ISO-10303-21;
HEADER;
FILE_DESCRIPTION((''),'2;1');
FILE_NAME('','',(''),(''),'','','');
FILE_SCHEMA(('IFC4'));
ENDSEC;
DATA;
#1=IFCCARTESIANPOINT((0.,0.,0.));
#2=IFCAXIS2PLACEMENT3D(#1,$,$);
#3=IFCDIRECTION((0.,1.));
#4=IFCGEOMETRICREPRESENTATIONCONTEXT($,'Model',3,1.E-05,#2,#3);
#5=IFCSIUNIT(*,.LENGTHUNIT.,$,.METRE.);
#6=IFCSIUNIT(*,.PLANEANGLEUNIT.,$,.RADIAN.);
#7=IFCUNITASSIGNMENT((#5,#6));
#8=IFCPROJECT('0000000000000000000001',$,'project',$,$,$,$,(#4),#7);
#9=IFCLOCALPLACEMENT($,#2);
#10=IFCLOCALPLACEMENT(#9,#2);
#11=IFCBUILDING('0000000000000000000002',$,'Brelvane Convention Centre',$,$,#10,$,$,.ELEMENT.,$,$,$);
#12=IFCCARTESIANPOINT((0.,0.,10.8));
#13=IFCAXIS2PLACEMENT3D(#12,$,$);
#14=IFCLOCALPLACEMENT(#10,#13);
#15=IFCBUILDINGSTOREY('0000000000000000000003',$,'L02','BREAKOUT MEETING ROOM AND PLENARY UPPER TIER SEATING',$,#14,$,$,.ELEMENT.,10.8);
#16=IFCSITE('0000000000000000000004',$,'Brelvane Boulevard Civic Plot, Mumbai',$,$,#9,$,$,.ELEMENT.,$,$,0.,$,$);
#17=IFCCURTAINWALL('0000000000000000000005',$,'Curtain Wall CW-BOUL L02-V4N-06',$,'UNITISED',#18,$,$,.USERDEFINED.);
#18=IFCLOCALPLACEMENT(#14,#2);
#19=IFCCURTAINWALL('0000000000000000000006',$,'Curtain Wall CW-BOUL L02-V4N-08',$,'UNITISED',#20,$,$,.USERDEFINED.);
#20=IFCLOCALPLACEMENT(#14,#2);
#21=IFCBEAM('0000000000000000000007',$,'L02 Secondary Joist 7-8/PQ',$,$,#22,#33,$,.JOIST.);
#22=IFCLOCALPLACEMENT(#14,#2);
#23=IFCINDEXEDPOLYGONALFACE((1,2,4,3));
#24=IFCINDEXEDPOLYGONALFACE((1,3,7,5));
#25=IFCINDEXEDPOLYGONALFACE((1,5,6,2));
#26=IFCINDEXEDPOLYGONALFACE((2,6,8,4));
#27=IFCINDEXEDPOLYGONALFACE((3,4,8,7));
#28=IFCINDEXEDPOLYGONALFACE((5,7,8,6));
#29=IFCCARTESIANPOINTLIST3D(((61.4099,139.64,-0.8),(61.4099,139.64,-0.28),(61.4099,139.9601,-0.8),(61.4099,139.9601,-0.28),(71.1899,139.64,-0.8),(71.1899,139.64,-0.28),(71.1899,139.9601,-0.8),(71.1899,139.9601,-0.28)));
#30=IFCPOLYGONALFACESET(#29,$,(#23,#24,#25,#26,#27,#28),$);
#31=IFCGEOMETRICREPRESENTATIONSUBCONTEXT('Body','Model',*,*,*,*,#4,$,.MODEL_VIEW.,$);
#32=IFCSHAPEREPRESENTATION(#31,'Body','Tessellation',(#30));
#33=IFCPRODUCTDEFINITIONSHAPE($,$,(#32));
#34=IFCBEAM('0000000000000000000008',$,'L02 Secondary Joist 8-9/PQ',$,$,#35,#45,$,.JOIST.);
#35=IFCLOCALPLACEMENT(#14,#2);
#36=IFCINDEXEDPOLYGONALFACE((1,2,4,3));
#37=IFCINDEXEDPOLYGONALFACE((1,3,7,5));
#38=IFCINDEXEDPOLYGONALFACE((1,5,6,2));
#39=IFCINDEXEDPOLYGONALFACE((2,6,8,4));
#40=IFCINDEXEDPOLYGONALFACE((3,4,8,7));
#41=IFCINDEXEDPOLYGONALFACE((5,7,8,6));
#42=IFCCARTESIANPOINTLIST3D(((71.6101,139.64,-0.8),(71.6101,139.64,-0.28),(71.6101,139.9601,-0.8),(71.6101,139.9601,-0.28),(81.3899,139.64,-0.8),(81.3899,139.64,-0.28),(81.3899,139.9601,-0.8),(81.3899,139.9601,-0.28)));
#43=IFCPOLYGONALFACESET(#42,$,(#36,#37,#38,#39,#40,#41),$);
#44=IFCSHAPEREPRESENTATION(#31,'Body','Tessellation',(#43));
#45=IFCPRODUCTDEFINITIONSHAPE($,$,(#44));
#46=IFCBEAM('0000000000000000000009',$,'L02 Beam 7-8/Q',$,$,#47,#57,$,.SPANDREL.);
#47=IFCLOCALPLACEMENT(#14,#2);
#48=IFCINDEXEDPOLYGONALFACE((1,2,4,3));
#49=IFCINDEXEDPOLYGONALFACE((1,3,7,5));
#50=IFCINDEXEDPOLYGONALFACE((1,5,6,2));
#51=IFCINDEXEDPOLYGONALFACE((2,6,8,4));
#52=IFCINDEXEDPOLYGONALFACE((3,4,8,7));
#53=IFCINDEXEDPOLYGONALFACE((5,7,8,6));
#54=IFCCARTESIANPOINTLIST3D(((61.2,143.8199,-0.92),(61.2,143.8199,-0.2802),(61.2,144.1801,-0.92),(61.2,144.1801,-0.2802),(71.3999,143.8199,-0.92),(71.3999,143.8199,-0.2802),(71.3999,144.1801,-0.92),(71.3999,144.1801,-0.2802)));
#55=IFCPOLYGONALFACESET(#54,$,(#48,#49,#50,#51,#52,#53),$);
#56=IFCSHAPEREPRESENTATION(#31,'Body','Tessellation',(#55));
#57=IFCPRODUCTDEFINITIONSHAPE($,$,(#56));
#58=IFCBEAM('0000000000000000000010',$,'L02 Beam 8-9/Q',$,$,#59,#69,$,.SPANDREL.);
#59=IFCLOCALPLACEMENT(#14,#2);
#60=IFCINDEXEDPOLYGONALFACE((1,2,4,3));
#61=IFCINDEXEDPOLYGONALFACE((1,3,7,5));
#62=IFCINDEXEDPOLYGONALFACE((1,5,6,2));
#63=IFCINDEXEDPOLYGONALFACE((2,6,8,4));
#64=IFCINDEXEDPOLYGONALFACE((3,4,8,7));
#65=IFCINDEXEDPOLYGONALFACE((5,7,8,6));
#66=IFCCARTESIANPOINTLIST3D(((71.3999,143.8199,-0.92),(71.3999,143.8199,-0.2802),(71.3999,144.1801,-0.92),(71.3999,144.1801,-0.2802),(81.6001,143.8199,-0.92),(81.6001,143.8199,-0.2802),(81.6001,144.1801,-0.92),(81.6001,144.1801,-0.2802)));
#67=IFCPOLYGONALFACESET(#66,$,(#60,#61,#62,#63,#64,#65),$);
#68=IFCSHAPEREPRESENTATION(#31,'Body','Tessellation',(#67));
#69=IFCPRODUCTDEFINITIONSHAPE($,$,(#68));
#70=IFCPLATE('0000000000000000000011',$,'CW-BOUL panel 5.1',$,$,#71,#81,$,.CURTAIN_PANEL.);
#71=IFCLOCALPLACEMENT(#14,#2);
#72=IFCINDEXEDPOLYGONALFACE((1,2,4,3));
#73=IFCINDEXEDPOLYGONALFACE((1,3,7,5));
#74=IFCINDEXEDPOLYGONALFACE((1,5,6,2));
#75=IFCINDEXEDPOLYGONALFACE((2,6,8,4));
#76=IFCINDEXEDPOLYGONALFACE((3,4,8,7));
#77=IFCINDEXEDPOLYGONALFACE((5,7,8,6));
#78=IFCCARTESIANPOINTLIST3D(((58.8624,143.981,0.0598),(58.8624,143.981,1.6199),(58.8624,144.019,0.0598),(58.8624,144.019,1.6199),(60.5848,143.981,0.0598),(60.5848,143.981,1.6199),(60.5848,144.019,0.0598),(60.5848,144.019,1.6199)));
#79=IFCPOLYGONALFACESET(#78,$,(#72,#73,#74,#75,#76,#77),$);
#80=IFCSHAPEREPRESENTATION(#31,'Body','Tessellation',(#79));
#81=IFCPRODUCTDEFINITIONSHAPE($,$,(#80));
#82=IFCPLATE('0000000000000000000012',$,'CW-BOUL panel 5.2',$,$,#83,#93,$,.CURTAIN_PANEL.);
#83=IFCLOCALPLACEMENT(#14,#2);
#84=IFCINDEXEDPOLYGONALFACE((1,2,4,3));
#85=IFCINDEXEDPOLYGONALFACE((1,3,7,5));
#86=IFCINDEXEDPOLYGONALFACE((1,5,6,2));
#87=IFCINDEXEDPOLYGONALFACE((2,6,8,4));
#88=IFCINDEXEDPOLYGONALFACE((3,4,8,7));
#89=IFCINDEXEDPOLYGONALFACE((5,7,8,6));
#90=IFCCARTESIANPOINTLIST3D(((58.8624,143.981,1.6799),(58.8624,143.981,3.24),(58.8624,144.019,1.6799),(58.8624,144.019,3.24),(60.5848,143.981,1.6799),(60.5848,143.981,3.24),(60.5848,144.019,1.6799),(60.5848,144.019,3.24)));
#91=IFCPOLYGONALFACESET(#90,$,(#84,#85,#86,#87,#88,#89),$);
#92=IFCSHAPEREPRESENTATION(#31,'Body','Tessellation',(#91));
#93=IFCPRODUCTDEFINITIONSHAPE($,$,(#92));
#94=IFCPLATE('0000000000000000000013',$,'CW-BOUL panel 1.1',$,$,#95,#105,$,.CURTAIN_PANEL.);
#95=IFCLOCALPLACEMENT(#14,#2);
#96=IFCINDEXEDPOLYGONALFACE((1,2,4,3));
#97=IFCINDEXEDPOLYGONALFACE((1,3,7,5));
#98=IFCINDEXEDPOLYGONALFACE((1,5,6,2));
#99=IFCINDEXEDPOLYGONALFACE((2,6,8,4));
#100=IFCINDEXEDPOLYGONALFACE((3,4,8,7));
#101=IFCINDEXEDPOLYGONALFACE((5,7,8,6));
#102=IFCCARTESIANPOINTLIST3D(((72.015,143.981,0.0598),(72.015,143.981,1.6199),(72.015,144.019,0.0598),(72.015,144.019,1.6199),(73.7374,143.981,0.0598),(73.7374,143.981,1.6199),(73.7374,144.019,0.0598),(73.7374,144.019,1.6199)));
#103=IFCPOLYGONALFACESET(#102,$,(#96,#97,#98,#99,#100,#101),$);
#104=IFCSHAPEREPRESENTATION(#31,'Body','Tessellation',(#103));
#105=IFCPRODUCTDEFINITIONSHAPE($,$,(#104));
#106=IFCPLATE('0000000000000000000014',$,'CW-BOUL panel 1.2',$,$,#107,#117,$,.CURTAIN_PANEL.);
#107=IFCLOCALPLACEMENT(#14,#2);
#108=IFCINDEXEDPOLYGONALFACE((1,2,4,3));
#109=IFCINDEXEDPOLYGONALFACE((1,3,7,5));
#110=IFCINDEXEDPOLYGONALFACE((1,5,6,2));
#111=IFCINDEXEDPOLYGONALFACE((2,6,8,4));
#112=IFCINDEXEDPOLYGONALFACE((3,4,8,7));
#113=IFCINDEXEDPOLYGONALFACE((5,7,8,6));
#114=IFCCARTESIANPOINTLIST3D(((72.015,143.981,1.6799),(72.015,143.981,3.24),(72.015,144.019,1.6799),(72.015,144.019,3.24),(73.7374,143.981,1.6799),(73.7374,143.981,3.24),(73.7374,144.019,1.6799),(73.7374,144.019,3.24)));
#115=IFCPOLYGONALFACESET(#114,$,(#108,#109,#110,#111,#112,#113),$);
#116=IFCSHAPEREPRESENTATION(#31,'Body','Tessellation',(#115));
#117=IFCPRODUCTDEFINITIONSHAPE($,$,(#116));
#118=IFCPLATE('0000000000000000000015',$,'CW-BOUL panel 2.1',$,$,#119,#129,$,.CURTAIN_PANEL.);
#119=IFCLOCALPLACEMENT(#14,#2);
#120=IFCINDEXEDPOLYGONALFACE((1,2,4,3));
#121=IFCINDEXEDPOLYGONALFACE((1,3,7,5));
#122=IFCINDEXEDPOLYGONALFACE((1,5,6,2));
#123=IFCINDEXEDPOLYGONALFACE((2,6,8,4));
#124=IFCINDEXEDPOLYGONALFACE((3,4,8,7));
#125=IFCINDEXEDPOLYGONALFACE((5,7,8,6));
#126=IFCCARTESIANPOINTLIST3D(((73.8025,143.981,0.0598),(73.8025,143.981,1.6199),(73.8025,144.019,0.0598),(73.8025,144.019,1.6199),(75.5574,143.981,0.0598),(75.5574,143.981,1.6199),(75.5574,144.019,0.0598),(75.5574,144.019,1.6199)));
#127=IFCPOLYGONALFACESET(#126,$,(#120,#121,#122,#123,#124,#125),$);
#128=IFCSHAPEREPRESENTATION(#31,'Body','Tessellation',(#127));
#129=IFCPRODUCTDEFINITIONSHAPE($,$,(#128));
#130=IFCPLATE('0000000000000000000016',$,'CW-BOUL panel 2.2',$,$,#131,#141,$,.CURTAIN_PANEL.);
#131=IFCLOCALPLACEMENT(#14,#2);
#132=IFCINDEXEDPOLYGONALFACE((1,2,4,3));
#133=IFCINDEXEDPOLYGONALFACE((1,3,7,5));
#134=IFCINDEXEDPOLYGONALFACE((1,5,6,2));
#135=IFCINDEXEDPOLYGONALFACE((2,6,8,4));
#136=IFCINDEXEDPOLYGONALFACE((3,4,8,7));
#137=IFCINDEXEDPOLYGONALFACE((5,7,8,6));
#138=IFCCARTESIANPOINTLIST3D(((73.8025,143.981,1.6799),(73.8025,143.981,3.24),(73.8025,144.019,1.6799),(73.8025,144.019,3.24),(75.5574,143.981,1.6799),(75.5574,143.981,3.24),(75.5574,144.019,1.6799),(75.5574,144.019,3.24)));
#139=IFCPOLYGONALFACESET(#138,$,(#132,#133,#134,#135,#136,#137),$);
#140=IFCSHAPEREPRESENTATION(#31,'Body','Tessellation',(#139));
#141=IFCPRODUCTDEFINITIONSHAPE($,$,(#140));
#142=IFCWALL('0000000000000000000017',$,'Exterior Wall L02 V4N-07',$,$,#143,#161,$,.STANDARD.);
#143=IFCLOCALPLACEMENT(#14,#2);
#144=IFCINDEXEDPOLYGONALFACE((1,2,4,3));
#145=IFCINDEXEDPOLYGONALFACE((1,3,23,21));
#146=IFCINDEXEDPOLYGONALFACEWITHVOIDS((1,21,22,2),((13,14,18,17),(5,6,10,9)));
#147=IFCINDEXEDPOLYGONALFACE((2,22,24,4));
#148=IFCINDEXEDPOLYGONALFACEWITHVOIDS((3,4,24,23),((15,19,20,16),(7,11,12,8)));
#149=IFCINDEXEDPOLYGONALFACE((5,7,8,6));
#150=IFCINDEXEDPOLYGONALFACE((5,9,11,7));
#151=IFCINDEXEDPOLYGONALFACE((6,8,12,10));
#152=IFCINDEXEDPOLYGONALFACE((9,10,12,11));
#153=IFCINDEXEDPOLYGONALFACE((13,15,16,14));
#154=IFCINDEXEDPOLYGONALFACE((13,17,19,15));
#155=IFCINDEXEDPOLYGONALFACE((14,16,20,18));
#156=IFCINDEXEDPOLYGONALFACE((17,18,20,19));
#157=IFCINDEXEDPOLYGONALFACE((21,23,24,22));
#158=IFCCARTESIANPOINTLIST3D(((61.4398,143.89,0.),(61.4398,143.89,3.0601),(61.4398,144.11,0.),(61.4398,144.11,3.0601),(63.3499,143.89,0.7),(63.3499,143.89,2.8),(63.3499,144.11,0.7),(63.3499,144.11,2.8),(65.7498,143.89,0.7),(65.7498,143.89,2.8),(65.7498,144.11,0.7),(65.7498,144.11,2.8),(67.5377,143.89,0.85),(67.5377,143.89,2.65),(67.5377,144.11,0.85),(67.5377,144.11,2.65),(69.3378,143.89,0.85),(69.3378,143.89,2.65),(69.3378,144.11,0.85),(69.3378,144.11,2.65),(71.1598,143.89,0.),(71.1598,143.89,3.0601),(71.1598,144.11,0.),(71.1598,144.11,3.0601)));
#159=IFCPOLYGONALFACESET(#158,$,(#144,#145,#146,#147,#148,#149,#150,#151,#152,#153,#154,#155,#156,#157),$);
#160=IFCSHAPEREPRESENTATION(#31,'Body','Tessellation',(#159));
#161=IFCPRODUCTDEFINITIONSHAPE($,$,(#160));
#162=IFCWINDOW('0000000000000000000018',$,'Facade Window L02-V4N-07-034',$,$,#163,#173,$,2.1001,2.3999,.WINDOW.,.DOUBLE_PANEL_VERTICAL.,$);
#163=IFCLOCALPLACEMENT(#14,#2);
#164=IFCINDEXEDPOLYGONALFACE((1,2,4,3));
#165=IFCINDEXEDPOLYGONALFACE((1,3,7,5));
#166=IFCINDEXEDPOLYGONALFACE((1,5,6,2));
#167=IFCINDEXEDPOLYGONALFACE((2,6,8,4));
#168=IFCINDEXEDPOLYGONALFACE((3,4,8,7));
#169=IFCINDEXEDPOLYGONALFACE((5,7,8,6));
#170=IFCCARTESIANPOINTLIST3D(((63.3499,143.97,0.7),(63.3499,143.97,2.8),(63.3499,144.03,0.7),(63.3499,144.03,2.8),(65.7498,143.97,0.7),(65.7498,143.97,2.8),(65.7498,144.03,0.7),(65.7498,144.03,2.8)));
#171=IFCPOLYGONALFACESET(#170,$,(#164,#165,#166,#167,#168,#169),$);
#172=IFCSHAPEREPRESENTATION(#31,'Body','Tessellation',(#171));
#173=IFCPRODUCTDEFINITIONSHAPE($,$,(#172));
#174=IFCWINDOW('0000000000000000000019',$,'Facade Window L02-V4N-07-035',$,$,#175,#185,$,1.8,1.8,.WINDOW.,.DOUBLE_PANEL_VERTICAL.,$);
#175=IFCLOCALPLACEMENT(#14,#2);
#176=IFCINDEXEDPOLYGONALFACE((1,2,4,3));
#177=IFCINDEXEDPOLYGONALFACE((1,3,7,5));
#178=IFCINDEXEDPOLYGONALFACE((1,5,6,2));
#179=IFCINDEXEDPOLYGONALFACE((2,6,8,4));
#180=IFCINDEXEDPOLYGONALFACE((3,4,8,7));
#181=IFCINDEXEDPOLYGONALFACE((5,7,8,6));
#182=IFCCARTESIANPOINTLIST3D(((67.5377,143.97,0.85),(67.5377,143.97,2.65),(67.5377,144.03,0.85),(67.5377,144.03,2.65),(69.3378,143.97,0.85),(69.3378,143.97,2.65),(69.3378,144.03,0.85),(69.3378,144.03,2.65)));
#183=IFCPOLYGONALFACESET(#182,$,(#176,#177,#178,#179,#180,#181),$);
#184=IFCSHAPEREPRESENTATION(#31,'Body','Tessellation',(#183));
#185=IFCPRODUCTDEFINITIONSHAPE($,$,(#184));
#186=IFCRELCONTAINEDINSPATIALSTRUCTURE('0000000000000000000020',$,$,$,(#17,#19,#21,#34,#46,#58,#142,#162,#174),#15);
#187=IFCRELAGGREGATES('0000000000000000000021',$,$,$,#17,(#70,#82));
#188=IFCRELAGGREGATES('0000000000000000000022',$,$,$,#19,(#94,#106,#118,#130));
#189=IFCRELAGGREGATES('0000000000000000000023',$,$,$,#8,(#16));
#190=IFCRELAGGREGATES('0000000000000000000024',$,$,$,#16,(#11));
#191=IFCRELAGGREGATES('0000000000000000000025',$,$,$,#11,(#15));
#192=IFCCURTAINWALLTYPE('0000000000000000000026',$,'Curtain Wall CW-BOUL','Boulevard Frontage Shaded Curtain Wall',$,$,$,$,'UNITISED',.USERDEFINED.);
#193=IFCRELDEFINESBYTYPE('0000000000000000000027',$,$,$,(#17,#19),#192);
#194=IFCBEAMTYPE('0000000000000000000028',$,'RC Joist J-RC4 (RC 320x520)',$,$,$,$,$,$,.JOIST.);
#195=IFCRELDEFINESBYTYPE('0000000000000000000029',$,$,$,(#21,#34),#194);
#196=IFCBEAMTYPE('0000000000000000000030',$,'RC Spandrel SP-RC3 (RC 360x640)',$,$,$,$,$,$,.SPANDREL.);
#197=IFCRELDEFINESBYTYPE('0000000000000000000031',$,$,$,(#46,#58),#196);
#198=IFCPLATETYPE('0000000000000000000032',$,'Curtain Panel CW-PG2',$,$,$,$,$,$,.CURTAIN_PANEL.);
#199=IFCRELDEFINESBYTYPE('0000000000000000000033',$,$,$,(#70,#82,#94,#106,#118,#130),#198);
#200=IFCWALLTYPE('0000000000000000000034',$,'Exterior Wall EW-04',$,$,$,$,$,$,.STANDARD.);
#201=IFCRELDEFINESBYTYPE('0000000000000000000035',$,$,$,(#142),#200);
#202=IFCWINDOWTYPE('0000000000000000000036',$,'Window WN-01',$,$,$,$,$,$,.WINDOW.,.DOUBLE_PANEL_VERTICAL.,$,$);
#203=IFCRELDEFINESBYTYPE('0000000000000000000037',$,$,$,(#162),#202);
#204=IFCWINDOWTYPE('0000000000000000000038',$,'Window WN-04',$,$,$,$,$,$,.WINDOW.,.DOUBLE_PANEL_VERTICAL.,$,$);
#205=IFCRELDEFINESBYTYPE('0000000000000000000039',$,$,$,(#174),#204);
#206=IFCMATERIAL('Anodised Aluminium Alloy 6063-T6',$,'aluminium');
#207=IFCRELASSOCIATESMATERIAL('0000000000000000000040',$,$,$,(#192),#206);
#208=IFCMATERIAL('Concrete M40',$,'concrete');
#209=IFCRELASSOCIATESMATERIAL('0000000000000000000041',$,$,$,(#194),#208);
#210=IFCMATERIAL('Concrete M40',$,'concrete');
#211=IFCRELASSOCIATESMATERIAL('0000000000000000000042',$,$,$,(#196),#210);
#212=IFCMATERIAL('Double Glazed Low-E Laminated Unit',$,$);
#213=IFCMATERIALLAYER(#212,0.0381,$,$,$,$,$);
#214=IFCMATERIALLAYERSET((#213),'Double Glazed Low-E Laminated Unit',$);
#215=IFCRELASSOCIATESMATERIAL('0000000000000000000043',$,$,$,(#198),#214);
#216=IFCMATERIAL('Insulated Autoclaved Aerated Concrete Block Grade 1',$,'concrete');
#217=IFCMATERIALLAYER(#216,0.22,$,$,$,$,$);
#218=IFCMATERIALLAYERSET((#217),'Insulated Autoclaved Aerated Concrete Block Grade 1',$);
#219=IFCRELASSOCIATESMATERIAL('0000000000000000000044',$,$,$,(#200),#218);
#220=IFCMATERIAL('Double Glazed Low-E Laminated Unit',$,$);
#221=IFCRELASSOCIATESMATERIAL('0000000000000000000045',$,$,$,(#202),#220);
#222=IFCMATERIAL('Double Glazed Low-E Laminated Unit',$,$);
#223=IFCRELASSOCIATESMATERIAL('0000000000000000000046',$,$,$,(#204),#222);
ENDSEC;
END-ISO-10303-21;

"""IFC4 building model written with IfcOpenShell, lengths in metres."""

from ifc_helpers import new_model, si_unit, direction, frame, frame_2d, origin, origin_2d, place, context, subcontext, project, spatial, rectangle, extrude, material, layer, layer_set, material_profile, profile_set, type_object, element, fill, aggregate, save


model = new_model("IFC4")

# Units and contexts
model_context = context("Model", 3, precision=1e-05, world=origin(), true_north=direction((0.0, 1.0)))
body_context = subcontext(model_context, "Body", "Model", "MODEL_VIEW")
ifc_project = project(units=[si_unit("LENGTHUNIT", "METRE"), si_unit("PLANEANGLEUNIT", "RADIAN")], contexts=[model_context])

# Site, building, storey
site_placement = place(None, origin())
site = spatial("IfcSite", under=ifc_project, at=site_placement, Name="Brelvane Boulevard Civic Plot, Mumbai", CompositionType="ELEMENT", RefElevation=0.0)
building_placement = place(site_placement, origin())
building = spatial("IfcBuilding", under=site, at=building_placement, Name="Brelvane Convention Centre", CompositionType="ELEMENT")
storey_placement = place(building_placement, frame((0.0, 0.0, 10.8)))
storey = spatial("IfcBuildingStorey", under=building, at=storey_placement, Name="L02", Description="BREAKOUT MEETING ROOM AND PLENARY UPPER TIER SEATING", CompositionType="ELEMENT", Elevation=10.8)

# Curtain wall
ifc_material_1 = material(Name="Anodised Aluminium Alloy 6063-T6", Category="aluminium")
curtain_wall_type = type_object("IfcCurtainWallType", Name="Curtain Wall CW-BOUL", Description="Boulevard Frontage Shaded Curtain Wall", ElementType="UNITISED", PredefinedType="USERDEFINED", material=ifc_material_1)
curtain_wall_1_placement = place(storey_placement, origin())
curtain_wall_1 = element("IfcCurtainWall", 1, at=curtain_wall_1_placement, inside=storey, type_object=curtain_wall_type, Name="Curtain Wall CW-BOUL L02-V4N-06", ObjectType="UNITISED", PredefinedType="USERDEFINED")

# Curtain wall
curtain_wall_2_placement = place(storey_placement, origin())
curtain_wall_2 = element("IfcCurtainWall", 2, at=curtain_wall_2_placement, inside=storey, type_object=curtain_wall_type, Name="Curtain Wall CW-BOUL L02-V4N-08", ObjectType="UNITISED", PredefinedType="USERDEFINED")

# Beams
ifc_material_2 = material(Name="Concrete M40", Category="concrete")
ifc_material_profile_1 = material_profile(ifc_material_2, rectangle(XDim=0.3201, YDim=0.52, at=origin_2d()), Name="RC 320x520")
ifc_profile_set_1 = profile_set([ifc_material_profile_1], Name="Concrete M40")
beam_type_1 = type_object("IfcBeamType", Name="RC Joist J-RC4 (RC 320x520)", PredefinedType="JOIST", material=ifc_profile_set_1)
beam_1_placement = place(storey_placement, frame((61.4099, 139.8, -0.54), z_axis=(1.0, 0.0, 0.0), x_axis=(0.0, 1.0, 0.0)))
element("IfcBeam", 3, at=beam_1_placement, inside=storey, type_object=beam_type_1, Name="L02 Secondary Joist 7-8/PQ", PredefinedType="JOIST", context=body_context, shape_type="SweptSolid", body=[
    extrude(rectangle(XDim=0.3201, YDim=0.52, at=origin_2d()), origin(), (0.0, 0.0, 1.0), 9.78),
])
beam_2_placement = place(storey_placement, frame((71.6101, 139.8, -0.54), z_axis=(1.0, 0.0, 0.0), x_axis=(0.0, 1.0, 0.0)))
element("IfcBeam", 4, at=beam_2_placement, inside=storey, type_object=beam_type_1, Name="L02 Secondary Joist 8-9/PQ", PredefinedType="JOIST", context=body_context, shape_type="SweptSolid", body=[
    extrude(rectangle(XDim=0.3201, YDim=0.52, at=origin_2d()), origin(), (0.0, 0.0, 1.0), 9.7798),
])
ifc_material_3 = material(Name="Concrete M40", Category="concrete")
ifc_material_profile_2 = material_profile(ifc_material_3, rectangle(XDim=0.3601, YDim=0.6399, at=origin_2d()), Name="RC 360x640")
ifc_profile_set_2 = profile_set([ifc_material_profile_2], Name="Concrete M40")
beam_type_2 = type_object("IfcBeamType", Name="RC Spandrel SP-RC3 (RC 360x640)", PredefinedType="SPANDREL", material=ifc_profile_set_2)
beam_3_placement = place(storey_placement, frame((61.2, 144.0, -0.6001), z_axis=(1.0, 0.0, 0.0), x_axis=(0.0, 1.0, 0.0)))
element("IfcBeam", 5, at=beam_3_placement, inside=storey, type_object=beam_type_2, Name="L02 Beam 7-8/Q", PredefinedType="SPANDREL", context=body_context, shape_type="SweptSolid", body=[
    extrude(rectangle(XDim=0.3601, YDim=0.6399, at=origin_2d()), origin(), (0.0, 0.0, 1.0), 10.2),
])
beam_4_placement = place(storey_placement, frame((71.3999, 144.0, -0.6001), z_axis=(1.0, 0.0, 0.0), x_axis=(0.0, 1.0, 0.0)))
element("IfcBeam", 6, at=beam_4_placement, inside=storey, type_object=beam_type_2, Name="L02 Beam 8-9/Q", PredefinedType="SPANDREL", context=body_context, shape_type="SweptSolid", body=[
    extrude(rectangle(XDim=0.3601, YDim=0.6399, at=origin_2d()), origin(), (0.0, 0.0, 1.0), 10.2002),
])

# Plates
ifc_material_4 = material(Name="Double Glazed Low-E Laminated Unit")
ifc_layer_1 = layer(ifc_material_4, 0.0381)
ifc_layer_set_1 = layer_set([ifc_layer_1], Name="Double Glazed Low-E Laminated Unit")
plate_type = type_object("IfcPlateType", Name="Curtain Panel CW-PG2", PredefinedType="CURTAIN_PANEL", material=ifc_layer_set_1)
plate_1_placement = place(storey_placement, frame((59.7236, 144.0, 0.0598), z_axis=(0.0, 0.0, 1.0), x_axis=(1.0, 0.0, 0.0)))
plate_1 = element("IfcPlate", 7, at=plate_1_placement, type_object=plate_type, Name="CW-BOUL panel 5.1", PredefinedType="CURTAIN_PANEL", context=body_context, shape_type="SweptSolid", body=[
    extrude(rectangle(XDim=1.7224, YDim=0.0381, at=origin_2d()), origin(), (0.0, 0.0, 1.0), 1.5601),
])
plate_2_placement = place(storey_placement, frame((59.7236, 144.0, 1.6799), z_axis=(0.0, 0.0, 1.0), x_axis=(1.0, 0.0, 0.0)))
plate_2 = element("IfcPlate", 8, at=plate_2_placement, type_object=plate_type, Name="CW-BOUL panel 5.2", PredefinedType="CURTAIN_PANEL", context=body_context, shape_type="SweptSolid", body=[
    extrude(rectangle(XDim=1.7224, YDim=0.0381, at=origin_2d()), origin(), (0.0, 0.0, 1.0), 1.5601),
])
aggregate(curtain_wall_1, [plate_1, plate_2])
plate_3_placement = place(storey_placement, frame((72.8762, 144.0, 0.0598), z_axis=(0.0, 0.0, 1.0), x_axis=(1.0, 0.0, 0.0)))
plate_3 = element("IfcPlate", 9, at=plate_3_placement, type_object=plate_type, Name="CW-BOUL panel 1.1", PredefinedType="CURTAIN_PANEL", context=body_context, shape_type="SweptSolid", body=[
    extrude(rectangle(XDim=1.7224, YDim=0.0381, at=origin_2d()), origin(), (0.0, 0.0, 1.0), 1.5601),
])
plate_4_placement = place(storey_placement, frame((72.8762, 144.0, 1.6799), z_axis=(0.0, 0.0, 1.0), x_axis=(1.0, 0.0, 0.0)))
plate_4 = element("IfcPlate", 10, at=plate_4_placement, type_object=plate_type, Name="CW-BOUL panel 1.2", PredefinedType="CURTAIN_PANEL", context=body_context, shape_type="SweptSolid", body=[
    extrude(rectangle(XDim=1.7224, YDim=0.0381, at=origin_2d()), origin(), (0.0, 0.0, 1.0), 1.5601),
])
plate_5_placement = place(storey_placement, frame((74.6799, 144.0, 0.0598), z_axis=(0.0, 0.0, 1.0), x_axis=(1.0, 0.0, 0.0)))
plate_5 = element("IfcPlate", 11, at=plate_5_placement, type_object=plate_type, Name="CW-BOUL panel 2.1", PredefinedType="CURTAIN_PANEL", context=body_context, shape_type="SweptSolid", body=[
    extrude(rectangle(XDim=1.7549, YDim=0.0381, at=origin_2d()), origin(), (0.0, 0.0, 1.0), 1.5601),
])
plate_6_placement = place(storey_placement, frame((74.6799, 144.0, 1.6799), z_axis=(0.0, 0.0, 1.0), x_axis=(1.0, 0.0, 0.0)))
plate_6 = element("IfcPlate", 12, at=plate_6_placement, type_object=plate_type, Name="CW-BOUL panel 2.2", PredefinedType="CURTAIN_PANEL", context=body_context, shape_type="SweptSolid", body=[
    extrude(rectangle(XDim=1.7549, YDim=0.0381, at=origin_2d()), origin(), (0.0, 0.0, 1.0), 1.5601),
])
aggregate(curtain_wall_2, [plate_3, plate_4, plate_5, plate_6])

# Wall, openings, windows
ifc_material_5 = material(Name="Insulated Autoclaved Aerated Concrete Block Grade 1", Category="concrete")
ifc_layer_2 = layer(ifc_material_5, 0.22)
ifc_layer_set_2 = layer_set([ifc_layer_2], Name="Insulated Autoclaved Aerated Concrete Block Grade 1")
wall_type = type_object("IfcWallType", Name="Exterior Wall EW-04", PredefinedType="STANDARD", material=ifc_layer_set_2)
wall_placement = place(storey_placement, frame((61.4399, 144.0, 0.0), z_axis=(0.0, 0.0, 1.0), x_axis=(1.0, 0.0, 0.0)))
wall = element("IfcWall", 13, at=wall_placement, inside=storey, type_object=wall_type, Name="Exterior Wall L02 V4N-07", PredefinedType="STANDARD", context=body_context, shape_type="SweptSolid", body=[
    extrude(rectangle(XDim=9.72, YDim=0.22, at=frame_2d((4.8599, 0.0))), origin(), (0.0, 0.0, 1.0), 3.0601),
])
opening_1_placement = place(wall_placement, frame((1.9099, 0.0, 0.7)))
opening_1 = element("IfcOpeningElement", 14, at=opening_1_placement, cuts=wall, PredefinedType="OPENING", context=body_context, shape_type="SweptSolid", body=[
    extrude(rectangle(XDim=2.3999, YDim=2.1001, at=frame_2d((1.2, 1.05))), frame((0.0, 0.1199, 0.0), z_axis=(0.0, -1.0, 0.0), x_axis=(1.0, 0.0, 0.0)), (0.0, 0.0, 1.0), 0.24),
])
opening_2_placement = place(wall_placement, frame((6.0979, 0.0, 0.8501)))
opening_2 = element("IfcOpeningElement", 15, at=opening_2_placement, cuts=wall, PredefinedType="OPENING", context=body_context, shape_type="SweptSolid", body=[
    extrude(rectangle(XDim=1.8, YDim=1.8, at=frame_2d((0.8999, 0.8999))), frame((0.0, 0.1199, 0.0), z_axis=(0.0, -1.0, 0.0), x_axis=(1.0, 0.0, 0.0)), (0.0, 0.0, 1.0), 0.24),
])
ifc_material_6 = material(Name="Double Glazed Low-E Laminated Unit")
window_type_1 = type_object("IfcWindowType", Name="Window WN-01", PartitioningType="DOUBLE_PANEL_VERTICAL", PredefinedType="WINDOW", material=ifc_material_6)
window_1_placement = place(opening_1_placement, origin())
window_1 = element("IfcWindow", 16, at=window_1_placement, inside=storey, type_object=window_type_1, Name="Facade Window L02-V4N-07-034", OverallHeight=2.1001, OverallWidth=2.3999, PartitioningType="DOUBLE_PANEL_VERTICAL", PredefinedType="WINDOW", context=body_context, shape_type="SweptSolid", body=[
    extrude(rectangle(XDim=2.3999, YDim=2.1001, at=frame_2d((1.2, 1.05))), frame((0.0, 0.03, 0.0), z_axis=(0.0, -1.0, 0.0), x_axis=(1.0, 0.0, 0.0)), (0.0, 0.0, 1.0), 0.0601),
])
fill(opening_1, window_1)
ifc_material_7 = material(Name="Double Glazed Low-E Laminated Unit")
window_type_2 = type_object("IfcWindowType", Name="Window WN-04", PartitioningType="DOUBLE_PANEL_VERTICAL", PredefinedType="WINDOW", material=ifc_material_7)
window_2_placement = place(opening_2_placement, origin())
window_2 = element("IfcWindow", 17, at=window_2_placement, inside=storey, type_object=window_type_2, Name="Facade Window L02-V4N-07-035", OverallHeight=1.8, OverallWidth=1.8, PartitioningType="DOUBLE_PANEL_VERTICAL", PredefinedType="WINDOW", context=body_context, shape_type="SweptSolid", body=[
    extrude(rectangle(XDim=1.8, YDim=1.8, at=frame_2d((0.8999, 0.8999))), frame((0.0, 0.03, 0.0), z_axis=(0.0, -1.0, 0.0), x_axis=(1.0, 0.0, 0.0)), (0.0, 0.0, 1.0), 0.0601),
])
fill(opening_2, window_2)

save(model, "model.ifc")
